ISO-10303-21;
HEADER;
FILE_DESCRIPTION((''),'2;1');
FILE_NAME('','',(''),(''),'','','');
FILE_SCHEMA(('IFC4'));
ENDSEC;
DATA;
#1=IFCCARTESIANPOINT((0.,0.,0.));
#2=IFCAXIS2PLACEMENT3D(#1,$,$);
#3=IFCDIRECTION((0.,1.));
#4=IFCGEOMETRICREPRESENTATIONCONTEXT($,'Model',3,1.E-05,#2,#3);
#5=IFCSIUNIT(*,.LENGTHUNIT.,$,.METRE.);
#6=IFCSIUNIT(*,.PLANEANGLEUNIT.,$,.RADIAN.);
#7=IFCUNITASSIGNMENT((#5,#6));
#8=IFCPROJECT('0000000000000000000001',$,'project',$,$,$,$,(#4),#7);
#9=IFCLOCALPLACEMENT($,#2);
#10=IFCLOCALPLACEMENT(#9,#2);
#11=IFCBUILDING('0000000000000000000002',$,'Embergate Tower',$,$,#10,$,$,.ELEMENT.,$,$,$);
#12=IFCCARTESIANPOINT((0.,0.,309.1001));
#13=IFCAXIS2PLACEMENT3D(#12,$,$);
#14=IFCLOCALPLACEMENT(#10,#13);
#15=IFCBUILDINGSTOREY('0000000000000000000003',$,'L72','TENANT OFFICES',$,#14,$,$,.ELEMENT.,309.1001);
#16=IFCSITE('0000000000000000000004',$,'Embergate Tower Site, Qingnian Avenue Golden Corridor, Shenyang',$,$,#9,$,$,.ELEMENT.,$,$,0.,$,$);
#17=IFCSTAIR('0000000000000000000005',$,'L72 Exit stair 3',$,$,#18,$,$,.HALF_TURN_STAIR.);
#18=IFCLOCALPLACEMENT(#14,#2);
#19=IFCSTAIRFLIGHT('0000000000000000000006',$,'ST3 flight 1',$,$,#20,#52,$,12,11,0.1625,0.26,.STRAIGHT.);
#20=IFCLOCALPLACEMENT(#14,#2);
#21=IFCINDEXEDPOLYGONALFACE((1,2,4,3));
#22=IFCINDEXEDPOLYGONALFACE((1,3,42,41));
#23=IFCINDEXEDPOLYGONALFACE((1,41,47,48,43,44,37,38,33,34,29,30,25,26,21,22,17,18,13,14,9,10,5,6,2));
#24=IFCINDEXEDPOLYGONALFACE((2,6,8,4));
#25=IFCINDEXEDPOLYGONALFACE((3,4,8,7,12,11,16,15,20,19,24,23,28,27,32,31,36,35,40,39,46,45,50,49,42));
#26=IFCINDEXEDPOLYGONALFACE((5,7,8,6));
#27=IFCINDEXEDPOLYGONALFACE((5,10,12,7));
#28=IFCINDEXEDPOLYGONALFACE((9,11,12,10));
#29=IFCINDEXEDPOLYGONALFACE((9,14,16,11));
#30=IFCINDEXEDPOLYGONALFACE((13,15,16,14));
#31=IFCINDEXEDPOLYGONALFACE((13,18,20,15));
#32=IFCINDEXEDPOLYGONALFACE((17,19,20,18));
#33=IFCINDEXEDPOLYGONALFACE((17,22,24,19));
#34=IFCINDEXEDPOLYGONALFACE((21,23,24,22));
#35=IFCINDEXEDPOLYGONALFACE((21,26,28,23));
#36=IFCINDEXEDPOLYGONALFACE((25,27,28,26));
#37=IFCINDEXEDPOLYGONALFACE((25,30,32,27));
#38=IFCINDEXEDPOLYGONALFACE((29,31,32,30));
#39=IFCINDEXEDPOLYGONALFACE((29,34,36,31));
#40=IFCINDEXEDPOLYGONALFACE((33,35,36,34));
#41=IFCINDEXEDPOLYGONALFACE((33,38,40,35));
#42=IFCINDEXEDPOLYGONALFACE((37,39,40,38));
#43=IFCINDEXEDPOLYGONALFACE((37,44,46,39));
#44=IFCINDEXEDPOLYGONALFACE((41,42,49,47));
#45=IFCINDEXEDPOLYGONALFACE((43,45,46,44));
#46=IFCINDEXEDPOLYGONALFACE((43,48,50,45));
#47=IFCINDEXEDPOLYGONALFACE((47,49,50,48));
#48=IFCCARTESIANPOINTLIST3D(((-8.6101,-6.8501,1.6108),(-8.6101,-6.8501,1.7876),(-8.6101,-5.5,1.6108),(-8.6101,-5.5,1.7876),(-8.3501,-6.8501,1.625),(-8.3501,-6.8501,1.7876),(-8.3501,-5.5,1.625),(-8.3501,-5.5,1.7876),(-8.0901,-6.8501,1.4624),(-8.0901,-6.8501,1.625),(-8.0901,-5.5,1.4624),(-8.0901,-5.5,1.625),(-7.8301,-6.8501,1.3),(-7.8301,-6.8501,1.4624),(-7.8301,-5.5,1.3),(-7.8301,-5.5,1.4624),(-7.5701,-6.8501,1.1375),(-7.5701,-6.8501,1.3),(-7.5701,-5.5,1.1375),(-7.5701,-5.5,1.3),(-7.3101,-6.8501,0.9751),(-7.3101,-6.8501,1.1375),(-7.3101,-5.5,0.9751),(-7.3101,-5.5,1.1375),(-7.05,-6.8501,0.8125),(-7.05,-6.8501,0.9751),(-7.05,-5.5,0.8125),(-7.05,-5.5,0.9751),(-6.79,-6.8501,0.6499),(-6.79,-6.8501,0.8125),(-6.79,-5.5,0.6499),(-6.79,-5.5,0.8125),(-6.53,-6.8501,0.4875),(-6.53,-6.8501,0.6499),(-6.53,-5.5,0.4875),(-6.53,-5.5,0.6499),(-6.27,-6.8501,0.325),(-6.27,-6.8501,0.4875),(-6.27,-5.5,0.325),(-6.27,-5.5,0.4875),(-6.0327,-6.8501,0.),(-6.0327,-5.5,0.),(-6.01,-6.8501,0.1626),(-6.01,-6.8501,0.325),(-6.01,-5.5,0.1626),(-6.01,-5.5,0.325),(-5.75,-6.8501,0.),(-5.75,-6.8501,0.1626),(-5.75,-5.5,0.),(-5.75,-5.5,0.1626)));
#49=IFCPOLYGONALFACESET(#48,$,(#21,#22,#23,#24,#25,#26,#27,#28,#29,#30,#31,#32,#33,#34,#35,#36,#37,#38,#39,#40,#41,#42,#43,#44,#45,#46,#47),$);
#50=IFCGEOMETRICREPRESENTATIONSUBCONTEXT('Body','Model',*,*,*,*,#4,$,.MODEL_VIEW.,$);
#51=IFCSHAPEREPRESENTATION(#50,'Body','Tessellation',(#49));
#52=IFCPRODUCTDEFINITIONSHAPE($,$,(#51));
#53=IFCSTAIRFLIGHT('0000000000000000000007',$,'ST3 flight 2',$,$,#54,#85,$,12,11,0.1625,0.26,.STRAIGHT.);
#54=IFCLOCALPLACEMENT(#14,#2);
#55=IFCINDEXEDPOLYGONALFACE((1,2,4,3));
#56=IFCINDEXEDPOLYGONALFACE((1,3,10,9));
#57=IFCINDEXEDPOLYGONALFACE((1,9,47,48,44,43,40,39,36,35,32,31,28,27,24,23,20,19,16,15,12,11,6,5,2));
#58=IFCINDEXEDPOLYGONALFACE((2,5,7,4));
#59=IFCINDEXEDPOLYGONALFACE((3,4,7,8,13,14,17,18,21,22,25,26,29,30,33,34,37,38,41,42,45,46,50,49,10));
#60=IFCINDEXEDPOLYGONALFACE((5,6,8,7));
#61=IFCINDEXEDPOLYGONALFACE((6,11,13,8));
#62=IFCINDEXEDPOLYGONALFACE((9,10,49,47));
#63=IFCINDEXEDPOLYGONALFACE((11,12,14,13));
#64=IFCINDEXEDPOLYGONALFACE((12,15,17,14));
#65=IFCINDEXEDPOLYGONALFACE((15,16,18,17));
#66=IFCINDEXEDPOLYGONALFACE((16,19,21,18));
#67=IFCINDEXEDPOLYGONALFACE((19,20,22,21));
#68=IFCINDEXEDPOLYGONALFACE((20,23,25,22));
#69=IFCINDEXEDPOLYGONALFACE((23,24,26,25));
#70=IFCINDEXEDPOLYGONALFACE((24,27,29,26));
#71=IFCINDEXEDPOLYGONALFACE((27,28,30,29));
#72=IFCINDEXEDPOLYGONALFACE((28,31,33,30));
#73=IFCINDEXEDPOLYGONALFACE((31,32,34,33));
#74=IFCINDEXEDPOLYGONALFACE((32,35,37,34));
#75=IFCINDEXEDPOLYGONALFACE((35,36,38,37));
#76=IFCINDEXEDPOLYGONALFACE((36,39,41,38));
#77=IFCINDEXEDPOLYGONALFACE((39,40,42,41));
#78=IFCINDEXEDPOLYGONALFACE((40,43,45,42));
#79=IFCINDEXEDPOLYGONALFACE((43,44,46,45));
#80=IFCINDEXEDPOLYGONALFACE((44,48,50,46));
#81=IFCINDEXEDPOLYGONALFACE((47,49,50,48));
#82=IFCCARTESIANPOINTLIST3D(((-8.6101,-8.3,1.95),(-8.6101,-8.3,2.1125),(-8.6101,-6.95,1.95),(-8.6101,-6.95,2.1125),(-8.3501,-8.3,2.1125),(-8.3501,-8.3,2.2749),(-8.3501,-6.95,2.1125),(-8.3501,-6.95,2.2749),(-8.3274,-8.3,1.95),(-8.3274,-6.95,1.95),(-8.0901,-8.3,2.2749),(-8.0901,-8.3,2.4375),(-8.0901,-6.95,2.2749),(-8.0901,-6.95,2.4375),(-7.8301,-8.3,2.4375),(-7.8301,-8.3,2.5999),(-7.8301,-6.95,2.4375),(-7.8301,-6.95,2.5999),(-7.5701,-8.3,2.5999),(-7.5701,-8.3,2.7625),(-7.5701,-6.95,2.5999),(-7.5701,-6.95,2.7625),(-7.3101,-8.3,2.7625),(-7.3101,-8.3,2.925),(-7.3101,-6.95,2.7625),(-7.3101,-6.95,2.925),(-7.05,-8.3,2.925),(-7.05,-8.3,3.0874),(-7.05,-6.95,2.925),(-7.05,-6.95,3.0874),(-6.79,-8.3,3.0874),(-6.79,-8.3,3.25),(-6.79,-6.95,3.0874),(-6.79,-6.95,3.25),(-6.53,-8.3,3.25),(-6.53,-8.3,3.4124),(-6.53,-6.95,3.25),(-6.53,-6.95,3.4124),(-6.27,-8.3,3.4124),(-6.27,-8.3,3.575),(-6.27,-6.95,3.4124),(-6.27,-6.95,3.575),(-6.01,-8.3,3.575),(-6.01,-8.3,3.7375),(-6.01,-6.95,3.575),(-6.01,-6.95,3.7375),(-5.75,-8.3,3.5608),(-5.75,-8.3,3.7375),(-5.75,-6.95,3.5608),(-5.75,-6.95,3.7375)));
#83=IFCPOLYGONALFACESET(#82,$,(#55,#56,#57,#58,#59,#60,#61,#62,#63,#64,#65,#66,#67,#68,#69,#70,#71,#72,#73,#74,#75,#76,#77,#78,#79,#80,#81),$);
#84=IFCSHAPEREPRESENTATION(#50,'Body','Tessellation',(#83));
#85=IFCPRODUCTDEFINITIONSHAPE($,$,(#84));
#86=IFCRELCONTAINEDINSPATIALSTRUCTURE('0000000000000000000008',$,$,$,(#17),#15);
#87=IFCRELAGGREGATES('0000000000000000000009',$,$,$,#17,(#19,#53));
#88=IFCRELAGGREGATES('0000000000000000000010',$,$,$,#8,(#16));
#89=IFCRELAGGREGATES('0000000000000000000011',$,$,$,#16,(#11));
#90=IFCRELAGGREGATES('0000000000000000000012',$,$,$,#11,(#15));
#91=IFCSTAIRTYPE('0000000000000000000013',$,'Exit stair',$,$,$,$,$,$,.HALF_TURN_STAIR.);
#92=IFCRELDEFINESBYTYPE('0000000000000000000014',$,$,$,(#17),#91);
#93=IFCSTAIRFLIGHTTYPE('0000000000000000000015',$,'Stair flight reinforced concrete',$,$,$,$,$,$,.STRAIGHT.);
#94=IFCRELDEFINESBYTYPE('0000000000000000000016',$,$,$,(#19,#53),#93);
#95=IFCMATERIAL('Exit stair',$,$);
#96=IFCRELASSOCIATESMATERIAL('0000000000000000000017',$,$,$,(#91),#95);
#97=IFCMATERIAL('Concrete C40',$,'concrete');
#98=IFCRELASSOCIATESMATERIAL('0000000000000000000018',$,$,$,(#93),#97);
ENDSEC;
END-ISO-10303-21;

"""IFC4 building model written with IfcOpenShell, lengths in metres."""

from ifc_helpers import new_model, si_unit, direction, frame, origin, place, context, subcontext, project, spatial, polyline, outline, extrude, source, transform, mapped, material, type_object, element, aggregate, save


model = new_model("IFC4")

# Units and contexts
model_context = context("Model", 3, precision=1e-05, world=origin(), true_north=direction((0.0, 1.0)))
body_context = subcontext(model_context, "Body", "Model", "MODEL_VIEW")
ifc_project = project(units=[si_unit("LENGTHUNIT", "METRE"), si_unit("PLANEANGLEUNIT", "RADIAN")], contexts=[model_context])

# Site, building, storey
site_placement = place(None, origin())
site = spatial("IfcSite", under=ifc_project, at=site_placement, Name="Embergate Tower Site, Qingnian Avenue Golden Corridor, Shenyang", CompositionType="ELEMENT", RefElevation=0.0)
building_placement = place(site_placement, origin())
building = spatial("IfcBuilding", under=site, at=building_placement, Name="Embergate Tower", CompositionType="ELEMENT")
storey_placement = place(building_placement, frame((0.0, 0.0, 309.1001)))
storey = spatial("IfcBuildingStorey", under=building, at=storey_placement, Name="L72", Description="TENANT OFFICES", CompositionType="ELEMENT", Elevation=309.1001)

# Stair, stair flights
ifc_material_1 = material(Name="Exit stair")
stair_type = type_object("IfcStairType", Name="Exit stair", PredefinedType="HALF_TURN_STAIR", material=ifc_material_1)
stair_placement = place(storey_placement, origin())
stair = element("IfcStair", 1, at=stair_placement, inside=storey, type_object=stair_type, Name="L72 Exit stair 3", PredefinedType="HALF_TURN_STAIR")
ifc_material_2 = material(Name="Concrete C40", Category="concrete")
stair_flight_type = type_object("IfcStairFlightType", Name="Stair flight reinforced concrete", PredefinedType="STRAIGHT", material=ifc_material_2)
shared_shape_1 = source(origin(), body_context, "Body", "SweptSolid", [
    extrude(outline(polyline([(0.0, 0.0), (0.0, 0.1626), (0.26, 0.1626), (0.26, 0.325), (0.52, 0.325), (0.52, 0.4875), (0.78, 0.4875), (0.78, 0.6499), (1.04, 0.6499), (1.04, 0.8125), (1.3, 0.8125), (1.3, 0.9751), (1.5601, 0.9751), (1.5601, 1.1375), (1.8201, 1.1375), (1.8201, 1.3), (2.0801, 1.3), (2.0801, 1.4624), (2.3401, 1.4624), (2.3401, 1.625), (2.6001, 1.625), (2.6001, 1.7876), (2.8601, 1.7876), (2.8601, 1.95), (2.8601, 1.6108), (0.2827, 0.0), (0.0, 0.0)])), frame((0.0, 0.675, 0.0), z_axis=(0.0, -1.0, 0.0), x_axis=(1.0, 0.0, 0.0)), (0.0, 0.0, 1.0), 1.3501),
])
stair_flight_1_placement = place(storey_placement, frame((-5.75, -6.175, 0.0), z_axis=(0.0, 0.0, 1.0), x_axis=(-1.0, 0.0, 0.0)))
stair_flight_1 = element("IfcStairFlight", 2, at=stair_flight_1_placement, type_object=stair_flight_type, Name="ST3 flight 1", NumberOfRisers=12, NumberOfTreads=11, PredefinedType="STRAIGHT", RiserHeight=0.1625, TreadLength=0.26, context=body_context, shape_type="MappedRepresentation", body=[
    mapped(shared_shape_1, transform((0.0, 0.0, 0.0))),
])
stair_flight_2_placement = place(storey_placement, frame((-8.6101, -7.625, 1.95), z_axis=(0.0, 0.0, 1.0), x_axis=(1.0, 0.0, 0.0)))
stair_flight_2 = element("IfcStairFlight", 3, at=stair_flight_2_placement, type_object=stair_flight_type, Name="ST3 flight 2", NumberOfRisers=12, NumberOfTreads=11, PredefinedType="STRAIGHT", RiserHeight=0.1625, TreadLength=0.26, context=body_context, shape_type="MappedRepresentation", body=[
    mapped(shared_shape_1, transform((0.0, 0.0, 0.0))),
])
aggregate(stair, [stair_flight_1, stair_flight_2])

save(model, "model.ifc")
